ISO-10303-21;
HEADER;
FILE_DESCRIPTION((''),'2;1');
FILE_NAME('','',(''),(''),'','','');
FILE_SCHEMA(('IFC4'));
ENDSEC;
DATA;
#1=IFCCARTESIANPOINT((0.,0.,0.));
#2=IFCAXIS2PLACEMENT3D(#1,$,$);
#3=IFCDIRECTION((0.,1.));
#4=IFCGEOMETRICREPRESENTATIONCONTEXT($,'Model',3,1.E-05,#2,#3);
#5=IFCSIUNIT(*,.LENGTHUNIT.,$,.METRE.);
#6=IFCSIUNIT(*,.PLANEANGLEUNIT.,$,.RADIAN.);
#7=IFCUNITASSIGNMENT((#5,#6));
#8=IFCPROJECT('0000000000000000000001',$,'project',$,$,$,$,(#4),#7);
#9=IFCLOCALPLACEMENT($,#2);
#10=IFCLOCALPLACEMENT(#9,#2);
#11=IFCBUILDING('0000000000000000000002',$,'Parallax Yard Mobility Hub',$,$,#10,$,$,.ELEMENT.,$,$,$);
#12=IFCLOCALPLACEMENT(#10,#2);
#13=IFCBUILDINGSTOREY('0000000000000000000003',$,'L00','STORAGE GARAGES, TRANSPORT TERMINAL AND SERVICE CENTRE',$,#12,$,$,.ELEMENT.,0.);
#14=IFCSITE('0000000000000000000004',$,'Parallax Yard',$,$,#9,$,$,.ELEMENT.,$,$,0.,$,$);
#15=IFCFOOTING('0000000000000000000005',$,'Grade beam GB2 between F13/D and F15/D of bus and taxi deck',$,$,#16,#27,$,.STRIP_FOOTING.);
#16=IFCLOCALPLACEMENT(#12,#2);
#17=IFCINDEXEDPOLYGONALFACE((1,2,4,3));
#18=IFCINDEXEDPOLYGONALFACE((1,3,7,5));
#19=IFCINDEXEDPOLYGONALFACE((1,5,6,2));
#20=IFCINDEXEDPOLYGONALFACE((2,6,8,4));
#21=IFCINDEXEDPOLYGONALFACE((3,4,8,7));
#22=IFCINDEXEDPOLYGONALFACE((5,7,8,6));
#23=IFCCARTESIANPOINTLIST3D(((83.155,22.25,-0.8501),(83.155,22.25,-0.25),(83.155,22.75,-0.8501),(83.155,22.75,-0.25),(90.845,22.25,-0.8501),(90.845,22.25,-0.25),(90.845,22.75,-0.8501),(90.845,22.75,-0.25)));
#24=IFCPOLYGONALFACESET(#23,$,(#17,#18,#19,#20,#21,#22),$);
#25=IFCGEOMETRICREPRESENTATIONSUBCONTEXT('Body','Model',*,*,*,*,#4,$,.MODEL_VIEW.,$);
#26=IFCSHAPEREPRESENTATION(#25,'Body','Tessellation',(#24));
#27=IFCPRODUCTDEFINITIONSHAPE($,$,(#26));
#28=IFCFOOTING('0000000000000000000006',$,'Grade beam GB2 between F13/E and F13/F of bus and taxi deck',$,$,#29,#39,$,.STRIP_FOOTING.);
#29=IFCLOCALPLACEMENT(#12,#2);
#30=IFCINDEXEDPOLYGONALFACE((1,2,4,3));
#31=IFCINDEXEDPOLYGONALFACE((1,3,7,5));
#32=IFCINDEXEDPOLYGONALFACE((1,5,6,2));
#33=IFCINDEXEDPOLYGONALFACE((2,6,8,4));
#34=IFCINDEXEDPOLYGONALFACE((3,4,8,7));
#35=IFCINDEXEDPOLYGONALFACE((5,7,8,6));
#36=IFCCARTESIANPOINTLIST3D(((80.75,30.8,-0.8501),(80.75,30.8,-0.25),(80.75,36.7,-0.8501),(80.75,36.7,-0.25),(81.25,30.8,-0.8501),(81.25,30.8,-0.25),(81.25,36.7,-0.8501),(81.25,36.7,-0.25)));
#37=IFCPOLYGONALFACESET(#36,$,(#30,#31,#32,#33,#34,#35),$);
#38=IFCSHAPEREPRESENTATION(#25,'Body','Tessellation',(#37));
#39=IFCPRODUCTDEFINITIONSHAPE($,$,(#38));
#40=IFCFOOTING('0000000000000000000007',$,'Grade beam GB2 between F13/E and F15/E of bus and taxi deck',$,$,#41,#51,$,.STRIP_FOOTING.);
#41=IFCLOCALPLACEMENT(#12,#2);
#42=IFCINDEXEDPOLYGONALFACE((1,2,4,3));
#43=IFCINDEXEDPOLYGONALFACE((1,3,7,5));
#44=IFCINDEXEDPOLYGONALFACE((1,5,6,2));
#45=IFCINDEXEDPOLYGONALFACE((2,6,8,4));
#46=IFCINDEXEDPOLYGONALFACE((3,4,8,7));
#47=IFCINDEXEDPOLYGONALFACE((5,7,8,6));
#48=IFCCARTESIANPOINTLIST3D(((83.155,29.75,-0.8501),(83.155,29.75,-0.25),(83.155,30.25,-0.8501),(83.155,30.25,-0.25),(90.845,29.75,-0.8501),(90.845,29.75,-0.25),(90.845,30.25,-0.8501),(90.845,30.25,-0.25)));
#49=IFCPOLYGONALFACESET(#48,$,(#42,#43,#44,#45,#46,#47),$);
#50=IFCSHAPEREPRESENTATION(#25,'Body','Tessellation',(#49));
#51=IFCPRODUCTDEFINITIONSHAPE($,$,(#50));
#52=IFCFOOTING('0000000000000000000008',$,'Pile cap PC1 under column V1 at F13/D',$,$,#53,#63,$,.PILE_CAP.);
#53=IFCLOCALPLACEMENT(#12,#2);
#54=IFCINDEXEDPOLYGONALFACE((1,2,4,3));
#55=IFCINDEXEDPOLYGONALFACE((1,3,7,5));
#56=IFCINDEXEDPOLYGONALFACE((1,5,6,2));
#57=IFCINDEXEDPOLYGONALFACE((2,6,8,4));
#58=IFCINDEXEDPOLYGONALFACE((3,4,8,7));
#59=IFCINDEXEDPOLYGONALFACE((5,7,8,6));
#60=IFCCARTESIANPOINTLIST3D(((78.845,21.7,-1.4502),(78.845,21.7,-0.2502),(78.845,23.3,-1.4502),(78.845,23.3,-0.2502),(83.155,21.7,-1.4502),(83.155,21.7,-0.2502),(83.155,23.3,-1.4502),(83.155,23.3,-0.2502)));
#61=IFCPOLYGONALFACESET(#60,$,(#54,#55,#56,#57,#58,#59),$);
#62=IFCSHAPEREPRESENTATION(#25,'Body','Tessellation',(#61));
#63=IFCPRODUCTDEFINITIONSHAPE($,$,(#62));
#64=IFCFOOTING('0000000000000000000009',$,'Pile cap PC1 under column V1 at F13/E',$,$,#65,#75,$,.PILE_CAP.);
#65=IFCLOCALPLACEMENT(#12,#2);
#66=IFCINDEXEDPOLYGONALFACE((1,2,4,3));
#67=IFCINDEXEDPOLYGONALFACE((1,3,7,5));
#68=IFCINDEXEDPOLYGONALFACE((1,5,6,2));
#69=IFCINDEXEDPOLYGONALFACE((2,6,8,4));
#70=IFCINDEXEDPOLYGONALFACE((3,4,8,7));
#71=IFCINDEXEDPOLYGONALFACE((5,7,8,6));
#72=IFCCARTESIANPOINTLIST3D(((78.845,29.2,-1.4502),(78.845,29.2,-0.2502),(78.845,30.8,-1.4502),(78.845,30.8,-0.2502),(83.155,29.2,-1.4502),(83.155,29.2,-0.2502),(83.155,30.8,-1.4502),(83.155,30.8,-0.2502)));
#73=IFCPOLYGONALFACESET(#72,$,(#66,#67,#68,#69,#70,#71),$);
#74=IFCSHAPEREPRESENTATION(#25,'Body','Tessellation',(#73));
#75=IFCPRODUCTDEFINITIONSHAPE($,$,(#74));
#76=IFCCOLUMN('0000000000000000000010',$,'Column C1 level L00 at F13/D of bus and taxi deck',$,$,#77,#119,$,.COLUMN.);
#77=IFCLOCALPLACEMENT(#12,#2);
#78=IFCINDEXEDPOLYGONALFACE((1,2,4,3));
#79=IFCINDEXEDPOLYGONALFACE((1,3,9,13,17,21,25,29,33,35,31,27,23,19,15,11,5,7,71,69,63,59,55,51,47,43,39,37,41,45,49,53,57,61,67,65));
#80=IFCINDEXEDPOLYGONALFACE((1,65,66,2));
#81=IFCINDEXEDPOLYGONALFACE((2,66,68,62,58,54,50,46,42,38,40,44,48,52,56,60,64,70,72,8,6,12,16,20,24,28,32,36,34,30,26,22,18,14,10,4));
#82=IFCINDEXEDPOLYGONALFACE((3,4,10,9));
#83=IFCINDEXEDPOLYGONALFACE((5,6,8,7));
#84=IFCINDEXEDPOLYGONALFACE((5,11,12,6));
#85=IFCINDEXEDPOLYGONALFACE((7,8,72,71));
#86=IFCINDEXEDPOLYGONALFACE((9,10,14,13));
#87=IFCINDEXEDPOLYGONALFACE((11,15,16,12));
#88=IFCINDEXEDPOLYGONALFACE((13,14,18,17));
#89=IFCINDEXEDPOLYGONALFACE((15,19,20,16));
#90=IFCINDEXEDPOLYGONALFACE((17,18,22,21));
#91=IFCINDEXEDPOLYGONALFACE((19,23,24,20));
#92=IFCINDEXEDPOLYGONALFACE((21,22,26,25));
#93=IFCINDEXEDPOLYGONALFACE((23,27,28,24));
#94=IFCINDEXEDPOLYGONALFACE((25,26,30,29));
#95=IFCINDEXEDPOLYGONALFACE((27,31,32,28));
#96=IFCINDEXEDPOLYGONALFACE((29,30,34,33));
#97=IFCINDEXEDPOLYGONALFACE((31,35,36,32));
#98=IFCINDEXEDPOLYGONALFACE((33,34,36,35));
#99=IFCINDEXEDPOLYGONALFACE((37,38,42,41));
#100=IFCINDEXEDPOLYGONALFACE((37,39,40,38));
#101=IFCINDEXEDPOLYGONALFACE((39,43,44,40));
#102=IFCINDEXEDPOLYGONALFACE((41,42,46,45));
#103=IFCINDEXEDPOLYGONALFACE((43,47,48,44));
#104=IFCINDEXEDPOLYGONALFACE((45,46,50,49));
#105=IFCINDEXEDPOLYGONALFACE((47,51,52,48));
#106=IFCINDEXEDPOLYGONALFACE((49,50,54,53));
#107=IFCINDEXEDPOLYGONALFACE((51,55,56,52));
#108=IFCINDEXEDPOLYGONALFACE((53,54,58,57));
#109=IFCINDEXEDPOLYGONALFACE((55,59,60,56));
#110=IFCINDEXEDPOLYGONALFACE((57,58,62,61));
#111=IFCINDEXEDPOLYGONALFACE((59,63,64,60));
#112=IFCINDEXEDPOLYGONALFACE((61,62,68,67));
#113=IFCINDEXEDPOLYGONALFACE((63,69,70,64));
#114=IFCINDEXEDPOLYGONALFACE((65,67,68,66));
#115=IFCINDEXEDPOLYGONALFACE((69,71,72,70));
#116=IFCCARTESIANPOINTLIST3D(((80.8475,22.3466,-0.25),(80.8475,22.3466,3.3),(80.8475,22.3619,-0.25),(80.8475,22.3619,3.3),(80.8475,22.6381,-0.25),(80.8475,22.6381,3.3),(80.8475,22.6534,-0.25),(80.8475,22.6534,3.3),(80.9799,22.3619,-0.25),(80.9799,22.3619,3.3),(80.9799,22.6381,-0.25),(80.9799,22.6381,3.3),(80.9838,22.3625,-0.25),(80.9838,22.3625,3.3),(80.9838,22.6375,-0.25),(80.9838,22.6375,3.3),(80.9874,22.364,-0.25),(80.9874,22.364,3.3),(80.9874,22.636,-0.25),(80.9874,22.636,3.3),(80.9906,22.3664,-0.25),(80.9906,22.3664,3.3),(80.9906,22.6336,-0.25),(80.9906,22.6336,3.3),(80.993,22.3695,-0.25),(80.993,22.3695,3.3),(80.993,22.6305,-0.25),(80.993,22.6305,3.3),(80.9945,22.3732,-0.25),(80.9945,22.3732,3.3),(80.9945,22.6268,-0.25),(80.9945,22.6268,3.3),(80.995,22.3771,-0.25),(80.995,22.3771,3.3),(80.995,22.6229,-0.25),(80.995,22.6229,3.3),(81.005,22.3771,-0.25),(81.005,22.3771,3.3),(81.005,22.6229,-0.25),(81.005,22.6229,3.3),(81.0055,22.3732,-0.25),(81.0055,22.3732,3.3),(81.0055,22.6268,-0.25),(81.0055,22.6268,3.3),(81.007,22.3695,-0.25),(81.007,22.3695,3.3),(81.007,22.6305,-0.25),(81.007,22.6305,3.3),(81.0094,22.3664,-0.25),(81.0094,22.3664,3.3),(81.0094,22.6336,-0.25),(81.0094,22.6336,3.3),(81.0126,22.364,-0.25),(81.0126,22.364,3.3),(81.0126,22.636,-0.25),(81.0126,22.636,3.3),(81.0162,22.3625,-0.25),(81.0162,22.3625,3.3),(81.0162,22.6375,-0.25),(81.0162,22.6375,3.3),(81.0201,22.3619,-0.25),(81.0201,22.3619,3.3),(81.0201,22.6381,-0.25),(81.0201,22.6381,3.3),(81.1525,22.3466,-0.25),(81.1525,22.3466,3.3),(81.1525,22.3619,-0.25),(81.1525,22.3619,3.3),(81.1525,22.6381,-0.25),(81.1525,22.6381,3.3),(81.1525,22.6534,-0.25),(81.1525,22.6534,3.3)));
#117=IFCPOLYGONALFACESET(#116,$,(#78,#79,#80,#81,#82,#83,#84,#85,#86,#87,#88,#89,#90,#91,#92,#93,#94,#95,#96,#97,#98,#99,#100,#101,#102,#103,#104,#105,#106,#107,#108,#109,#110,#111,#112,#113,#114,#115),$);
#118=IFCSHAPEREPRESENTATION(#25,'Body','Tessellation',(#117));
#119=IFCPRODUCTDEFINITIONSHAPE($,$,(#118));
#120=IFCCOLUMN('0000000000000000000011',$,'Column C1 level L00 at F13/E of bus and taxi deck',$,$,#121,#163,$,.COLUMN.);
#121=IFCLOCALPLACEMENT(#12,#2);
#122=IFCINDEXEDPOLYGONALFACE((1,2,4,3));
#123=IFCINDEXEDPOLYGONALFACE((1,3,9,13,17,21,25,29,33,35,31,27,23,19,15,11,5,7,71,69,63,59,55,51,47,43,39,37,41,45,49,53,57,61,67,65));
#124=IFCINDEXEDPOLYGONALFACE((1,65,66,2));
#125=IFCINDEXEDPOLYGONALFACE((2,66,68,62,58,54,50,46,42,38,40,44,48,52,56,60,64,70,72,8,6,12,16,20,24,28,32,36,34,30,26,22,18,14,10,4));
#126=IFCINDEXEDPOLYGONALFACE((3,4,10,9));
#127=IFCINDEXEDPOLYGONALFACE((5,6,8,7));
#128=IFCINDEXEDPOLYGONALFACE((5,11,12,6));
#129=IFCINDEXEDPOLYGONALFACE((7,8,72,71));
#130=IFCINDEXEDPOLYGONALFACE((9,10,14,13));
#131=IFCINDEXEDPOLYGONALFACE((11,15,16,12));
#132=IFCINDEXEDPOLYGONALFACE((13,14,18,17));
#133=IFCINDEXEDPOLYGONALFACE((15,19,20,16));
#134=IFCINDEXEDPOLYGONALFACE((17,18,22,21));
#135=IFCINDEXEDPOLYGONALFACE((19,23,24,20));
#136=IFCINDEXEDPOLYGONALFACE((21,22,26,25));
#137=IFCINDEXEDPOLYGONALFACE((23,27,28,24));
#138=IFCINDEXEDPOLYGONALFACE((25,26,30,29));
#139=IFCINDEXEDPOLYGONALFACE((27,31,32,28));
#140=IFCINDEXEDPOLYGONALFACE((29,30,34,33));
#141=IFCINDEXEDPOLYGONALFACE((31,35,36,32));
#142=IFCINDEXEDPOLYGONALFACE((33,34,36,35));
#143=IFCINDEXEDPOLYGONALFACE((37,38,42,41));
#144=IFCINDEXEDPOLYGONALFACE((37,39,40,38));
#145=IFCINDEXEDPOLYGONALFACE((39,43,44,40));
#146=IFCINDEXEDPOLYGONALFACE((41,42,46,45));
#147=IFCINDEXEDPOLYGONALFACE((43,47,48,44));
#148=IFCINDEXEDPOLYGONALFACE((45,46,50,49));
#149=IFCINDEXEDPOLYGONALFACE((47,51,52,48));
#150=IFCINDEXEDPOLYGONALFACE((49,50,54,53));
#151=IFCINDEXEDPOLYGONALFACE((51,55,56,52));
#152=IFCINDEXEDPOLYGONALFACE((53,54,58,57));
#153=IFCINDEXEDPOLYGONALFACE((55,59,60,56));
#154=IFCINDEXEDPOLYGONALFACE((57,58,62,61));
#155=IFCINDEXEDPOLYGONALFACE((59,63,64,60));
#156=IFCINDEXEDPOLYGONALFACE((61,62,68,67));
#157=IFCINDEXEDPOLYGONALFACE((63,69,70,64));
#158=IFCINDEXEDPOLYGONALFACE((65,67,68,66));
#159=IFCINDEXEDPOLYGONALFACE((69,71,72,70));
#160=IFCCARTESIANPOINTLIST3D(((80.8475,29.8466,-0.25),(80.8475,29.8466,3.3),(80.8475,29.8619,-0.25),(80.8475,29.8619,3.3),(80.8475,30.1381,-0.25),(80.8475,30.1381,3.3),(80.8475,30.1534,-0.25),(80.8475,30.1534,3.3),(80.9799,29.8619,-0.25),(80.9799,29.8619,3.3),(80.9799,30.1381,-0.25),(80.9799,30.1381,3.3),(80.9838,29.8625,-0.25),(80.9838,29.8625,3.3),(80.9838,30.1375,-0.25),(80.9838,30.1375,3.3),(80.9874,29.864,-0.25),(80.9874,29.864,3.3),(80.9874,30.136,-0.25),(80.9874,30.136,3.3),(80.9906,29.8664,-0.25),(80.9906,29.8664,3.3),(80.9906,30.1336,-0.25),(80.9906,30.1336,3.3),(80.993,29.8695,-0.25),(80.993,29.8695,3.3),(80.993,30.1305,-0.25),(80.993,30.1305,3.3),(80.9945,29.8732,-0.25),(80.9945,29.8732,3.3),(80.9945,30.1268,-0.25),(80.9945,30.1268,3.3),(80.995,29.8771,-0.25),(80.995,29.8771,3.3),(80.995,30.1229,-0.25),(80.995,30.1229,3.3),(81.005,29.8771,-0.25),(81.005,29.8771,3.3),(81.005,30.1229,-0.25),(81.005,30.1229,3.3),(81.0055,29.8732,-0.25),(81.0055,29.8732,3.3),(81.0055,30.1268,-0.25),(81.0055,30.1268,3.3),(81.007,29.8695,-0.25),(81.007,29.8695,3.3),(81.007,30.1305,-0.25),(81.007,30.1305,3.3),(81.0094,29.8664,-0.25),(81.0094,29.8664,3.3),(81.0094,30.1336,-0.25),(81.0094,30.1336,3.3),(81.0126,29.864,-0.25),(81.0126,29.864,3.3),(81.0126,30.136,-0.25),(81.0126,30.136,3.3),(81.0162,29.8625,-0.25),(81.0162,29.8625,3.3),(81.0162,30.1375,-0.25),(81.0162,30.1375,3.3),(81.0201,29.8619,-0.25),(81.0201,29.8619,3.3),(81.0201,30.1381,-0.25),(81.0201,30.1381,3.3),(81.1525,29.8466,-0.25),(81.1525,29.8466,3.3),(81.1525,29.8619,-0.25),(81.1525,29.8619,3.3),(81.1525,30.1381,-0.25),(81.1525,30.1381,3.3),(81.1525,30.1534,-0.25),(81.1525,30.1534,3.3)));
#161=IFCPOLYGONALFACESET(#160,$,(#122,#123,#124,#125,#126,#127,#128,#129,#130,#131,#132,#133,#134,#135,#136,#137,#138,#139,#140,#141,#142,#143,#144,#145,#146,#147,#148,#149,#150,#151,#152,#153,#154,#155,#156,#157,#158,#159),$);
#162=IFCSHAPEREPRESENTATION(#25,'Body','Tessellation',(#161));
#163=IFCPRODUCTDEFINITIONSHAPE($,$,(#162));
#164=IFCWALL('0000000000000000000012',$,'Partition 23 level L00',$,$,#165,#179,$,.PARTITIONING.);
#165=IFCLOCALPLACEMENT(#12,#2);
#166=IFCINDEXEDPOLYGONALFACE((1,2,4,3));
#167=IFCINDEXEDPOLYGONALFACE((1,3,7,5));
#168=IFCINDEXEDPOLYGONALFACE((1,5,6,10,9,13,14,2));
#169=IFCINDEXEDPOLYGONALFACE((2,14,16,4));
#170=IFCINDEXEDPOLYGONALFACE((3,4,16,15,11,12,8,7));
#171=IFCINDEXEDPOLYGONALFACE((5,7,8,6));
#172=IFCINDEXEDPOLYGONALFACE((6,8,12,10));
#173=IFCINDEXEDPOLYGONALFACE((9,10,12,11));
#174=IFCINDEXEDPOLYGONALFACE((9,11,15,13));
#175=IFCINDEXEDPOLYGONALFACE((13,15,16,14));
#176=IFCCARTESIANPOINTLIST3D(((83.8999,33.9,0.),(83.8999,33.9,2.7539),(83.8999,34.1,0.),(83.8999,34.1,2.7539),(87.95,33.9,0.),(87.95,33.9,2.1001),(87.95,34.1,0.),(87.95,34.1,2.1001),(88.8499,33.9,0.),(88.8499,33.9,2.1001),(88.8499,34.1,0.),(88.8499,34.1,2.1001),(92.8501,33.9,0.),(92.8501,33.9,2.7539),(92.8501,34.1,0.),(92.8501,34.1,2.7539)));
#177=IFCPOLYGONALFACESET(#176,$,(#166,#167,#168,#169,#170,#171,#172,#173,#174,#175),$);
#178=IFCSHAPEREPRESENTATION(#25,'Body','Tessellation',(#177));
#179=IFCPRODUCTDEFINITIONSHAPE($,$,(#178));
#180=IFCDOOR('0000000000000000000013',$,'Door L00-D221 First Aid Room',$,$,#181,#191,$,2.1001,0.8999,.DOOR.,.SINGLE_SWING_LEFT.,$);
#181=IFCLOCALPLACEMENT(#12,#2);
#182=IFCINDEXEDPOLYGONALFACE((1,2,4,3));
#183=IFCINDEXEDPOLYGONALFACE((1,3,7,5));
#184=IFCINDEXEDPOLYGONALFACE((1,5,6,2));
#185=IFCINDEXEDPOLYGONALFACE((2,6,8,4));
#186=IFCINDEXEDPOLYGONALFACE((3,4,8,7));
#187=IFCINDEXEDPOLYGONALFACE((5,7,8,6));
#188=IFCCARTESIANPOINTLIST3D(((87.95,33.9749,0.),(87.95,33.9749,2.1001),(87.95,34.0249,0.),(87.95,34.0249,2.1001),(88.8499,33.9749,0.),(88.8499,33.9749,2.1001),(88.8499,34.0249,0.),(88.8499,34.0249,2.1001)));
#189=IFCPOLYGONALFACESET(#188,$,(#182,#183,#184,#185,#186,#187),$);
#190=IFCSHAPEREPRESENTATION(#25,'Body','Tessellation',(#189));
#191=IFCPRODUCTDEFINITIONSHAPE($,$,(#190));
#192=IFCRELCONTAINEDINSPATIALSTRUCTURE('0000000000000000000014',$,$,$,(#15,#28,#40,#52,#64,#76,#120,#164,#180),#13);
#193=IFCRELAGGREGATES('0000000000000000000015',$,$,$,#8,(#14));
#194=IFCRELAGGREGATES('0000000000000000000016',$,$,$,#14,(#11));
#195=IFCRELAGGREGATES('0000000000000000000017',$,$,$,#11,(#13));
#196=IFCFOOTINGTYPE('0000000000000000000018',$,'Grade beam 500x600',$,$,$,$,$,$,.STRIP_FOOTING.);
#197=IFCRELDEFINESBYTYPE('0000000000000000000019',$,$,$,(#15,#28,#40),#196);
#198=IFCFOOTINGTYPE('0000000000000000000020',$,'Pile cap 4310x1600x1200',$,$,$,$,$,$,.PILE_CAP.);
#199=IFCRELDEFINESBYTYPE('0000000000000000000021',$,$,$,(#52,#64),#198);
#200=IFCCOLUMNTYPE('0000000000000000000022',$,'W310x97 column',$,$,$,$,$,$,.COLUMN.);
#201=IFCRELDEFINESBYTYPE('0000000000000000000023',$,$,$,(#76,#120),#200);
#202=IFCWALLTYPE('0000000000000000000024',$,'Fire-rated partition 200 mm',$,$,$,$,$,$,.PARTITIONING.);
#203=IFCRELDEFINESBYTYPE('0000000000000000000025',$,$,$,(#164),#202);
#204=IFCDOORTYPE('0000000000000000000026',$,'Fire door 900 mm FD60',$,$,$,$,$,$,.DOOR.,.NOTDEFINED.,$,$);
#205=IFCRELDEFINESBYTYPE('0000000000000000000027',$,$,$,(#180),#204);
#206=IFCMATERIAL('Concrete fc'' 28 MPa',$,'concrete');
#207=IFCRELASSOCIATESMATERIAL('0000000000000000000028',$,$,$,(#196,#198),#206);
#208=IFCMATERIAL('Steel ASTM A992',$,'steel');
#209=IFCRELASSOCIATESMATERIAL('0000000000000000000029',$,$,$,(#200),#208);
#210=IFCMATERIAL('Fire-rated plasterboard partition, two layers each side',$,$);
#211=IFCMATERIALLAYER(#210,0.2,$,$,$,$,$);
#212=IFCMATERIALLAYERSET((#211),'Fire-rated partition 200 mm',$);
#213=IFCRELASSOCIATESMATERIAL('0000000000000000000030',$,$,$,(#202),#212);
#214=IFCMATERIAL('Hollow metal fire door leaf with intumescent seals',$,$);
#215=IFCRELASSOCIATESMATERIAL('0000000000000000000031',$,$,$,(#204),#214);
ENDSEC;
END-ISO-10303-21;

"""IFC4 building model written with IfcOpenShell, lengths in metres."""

from ifc_helpers import new_model, si_unit, direction, frame, frame_2d, origin, origin_2d, place, context, subcontext, project, spatial, rectangle, i_section, extrude, material, layer, layer_set, material_profile, profile_set, type_object, element, fill, save


model = new_model("IFC4")

# Units and contexts
model_context = context("Model", 3, precision=1e-05, world=origin(), true_north=direction((0.0, 1.0)))
body_context = subcontext(model_context, "Body", "Model", "MODEL_VIEW")
ifc_project = project(units=[si_unit("LENGTHUNIT", "METRE"), si_unit("PLANEANGLEUNIT", "RADIAN")], contexts=[model_context])

# Site, building, storey
site_placement = place(None, origin())
site = spatial("IfcSite", under=ifc_project, at=site_placement, Name="Parallax Yard", CompositionType="ELEMENT", RefElevation=0.0)
building_placement = place(site_placement, origin())
building = spatial("IfcBuilding", under=site, at=building_placement, Name="Parallax Yard Mobility Hub", CompositionType="ELEMENT")
storey_placement = place(building_placement, origin())
storey = spatial("IfcBuildingStorey", under=building, at=storey_placement, Name="L00", Description="STORAGE GARAGES, TRANSPORT TERMINAL AND SERVICE CENTRE", CompositionType="ELEMENT", Elevation=0.0)

# Shared definitions
ifc_material_1 = material(Name="Concrete fc' 28 MPa", Category="concrete")

# Footings
ifc_material_profile_1 = material_profile(ifc_material_1, rectangle(XDim=0.5, YDim=0.6001, at=origin_2d()), Name="Grade beam 500x600")
ifc_profile_set_1 = profile_set([ifc_material_profile_1], Name="Concrete fc' 28 MPa")
footing_type_1 = type_object("IfcFootingType", Name="Grade beam 500x600", PredefinedType="STRIP_FOOTING", material=ifc_profile_set_1)
footing_1_placement = place(storey_placement, frame((83.155, 22.5, -0.55), z_axis=(1.0, 0.0, 0.0), x_axis=(0.0, 1.0, 0.0)))
element("IfcFooting", 1, at=footing_1_placement, inside=storey, type_object=footing_type_1, Name="Grade beam GB2 between F13/D and F15/D of bus and taxi deck", PredefinedType="STRIP_FOOTING", context=body_context, shape_type="SweptSolid", body=[
    extrude(rectangle(XDim=0.5, YDim=0.6001, at=origin_2d()), origin(), (0.0, 0.0, 1.0), 7.6899),
])
footing_2_placement = place(storey_placement, frame((81.0, 30.8, -0.55), z_axis=(0.0, 1.0, 0.0), x_axis=(-1.0, 0.0, 0.0)))
element("IfcFooting", 2, at=footing_2_placement, inside=storey, type_object=footing_type_1, Name="Grade beam GB2 between F13/E and F13/F of bus and taxi deck", PredefinedType="STRIP_FOOTING", context=body_context, shape_type="SweptSolid", body=[
    extrude(rectangle(XDim=0.5, YDim=0.6001, at=origin_2d()), origin(), (0.0, 0.0, 1.0), 5.8999),
])
footing_3_placement = place(storey_placement, frame((83.155, 30.0, -0.55), z_axis=(1.0, 0.0, 0.0), x_axis=(0.0, 1.0, 0.0)))
element("IfcFooting", 3, at=footing_3_placement, inside=storey, type_object=footing_type_1, Name="Grade beam GB2 between F13/E and F15/E of bus and taxi deck", PredefinedType="STRIP_FOOTING", context=body_context, shape_type="SweptSolid", body=[
    extrude(rectangle(XDim=0.5, YDim=0.6001, at=origin_2d()), origin(), (0.0, 0.0, 1.0), 7.6899),
])
footing_type_2 = type_object("IfcFootingType", Name="Pile cap 4310x1600x1200", PredefinedType="PILE_CAP", material=ifc_material_1)
for number, where, z_axis, x_axis, name in (
    (4, (81.0, 22.5, -1.4502), (0.0, 0.0, 1.0), (1.0, 0.0, 0.0), "Pile cap PC1 under column V1 at F13/D"),
    (5, (81.0, 30.0, -1.4502), (0.0, 0.0, 1.0), (1.0, 0.0, 0.0), "Pile cap PC1 under column V1 at F13/E"),
):
    element("IfcFooting", number, at=place(storey_placement, frame(where, z_axis=z_axis, x_axis=x_axis)), inside=storey, type_object=footing_type_2, Name=name, PredefinedType="PILE_CAP", context=body_context, shape_type="SweptSolid", body=[
        extrude(rectangle(XDim=4.3101, YDim=1.6001, at=origin_2d()), origin(), (0.0, 0.0, 1.0), 1.2),
    ])

# Columns
ifc_material_2 = material(Name="Steel ASTM A992", Category="steel")
ifc_material_profile_2 = material_profile(ifc_material_2, i_section(OverallWidth=0.3049, OverallDepth=0.3069, WebThickness=0.01, FlangeThickness=0.0154, FilletRadius=0.0151, at=origin_2d()), Name="W310x97")
ifc_profile_set_2 = profile_set([ifc_material_profile_2], Name="Steel ASTM A992")
column_type = type_object("IfcColumnType", Name="W310x97 column", PredefinedType="COLUMN", material=ifc_profile_set_2)
for number, where, z_axis, x_axis, name in (
    (6, (81.0, 22.5, -0.25), (0.0, 0.0, 1.0), (1.0, 0.0, 0.0), "Column C1 level L00 at F13/D of bus and taxi deck"),
    (7, (81.0, 30.0, -0.25), (0.0, 0.0, 1.0), (1.0, 0.0, 0.0), "Column C1 level L00 at F13/E of bus and taxi deck"),
):
    element("IfcColumn", number, at=place(storey_placement, frame(where, z_axis=z_axis, x_axis=x_axis)), inside=storey, type_object=column_type, Name=name, PredefinedType="COLUMN", context=body_context, shape_type="SweptSolid", body=[
        extrude(i_section(OverallWidth=0.3049, OverallDepth=0.3069, WebThickness=0.01, FlangeThickness=0.0154, FilletRadius=0.0151, at=origin_2d()), origin(), (0.0, 0.0, 1.0), 3.55),
    ])

# Wall, opening, door
ifc_material_3 = material(Name="Fire-rated plasterboard partition, two layers each side")
ifc_layer_1 = layer(ifc_material_3, 0.2)
ifc_layer_set_1 = layer_set([ifc_layer_1], Name="Fire-rated partition 200 mm")
wall_type_1 = type_object("IfcWallType", Name="Fire-rated partition 200 mm", PredefinedType="PARTITIONING", material=ifc_layer_set_1)
wall_1_placement = place(storey_placement, frame((83.8999, 34.0, 0.0), z_axis=(0.0, 0.0, 1.0), x_axis=(1.0, 0.0, 0.0)))
wall_1 = element("IfcWall", 8, at=wall_1_placement, inside=storey, type_object=wall_type_1, Name="Partition 23 level L00", PredefinedType="PARTITIONING", context=body_context, shape_type="SweptSolid", body=[
    extrude(rectangle(XDim=8.9502, YDim=0.2, at=frame_2d((4.4751, 0.0))), origin(), (0.0, 0.0, 1.0), 2.7539),
])
opening_1_placement = place(wall_1_placement, frame((4.05, 0.0, 0.0)))
opening_1 = element("IfcOpeningElement", 9, at=opening_1_placement, cuts=wall_1, PredefinedType="OPENING", context=body_context, shape_type="SweptSolid", body=[
    extrude(rectangle(XDim=0.8999, YDim=2.1001, at=frame_2d((0.45, 1.05))), frame((0.0, 0.1099, 0.0), z_axis=(0.0, -1.0, 0.0), x_axis=(1.0, 0.0, 0.0)), (0.0, 0.0, 1.0), 0.22),
])
ifc_material_4 = material(Name="Hollow metal fire door leaf with intumescent seals")
door_type_1 = type_object("IfcDoorType", Name="Fire door 900 mm FD60", OperationType="NOTDEFINED", PredefinedType="DOOR", material=ifc_material_4)
door_1_placement = place(opening_1_placement, origin())
door_1 = element("IfcDoor", 10, at=door_1_placement, inside=storey, type_object=door_type_1, Name="Door L00-D221 First Aid Room", OperationType="SINGLE_SWING_LEFT", OverallHeight=2.1001, OverallWidth=0.8999, PredefinedType="DOOR", context=body_context, shape_type="SweptSolid", body=[
    extrude(rectangle(XDim=0.8999, YDim=2.1001, at=frame_2d((0.45, 1.05))), frame((0.0, 0.0249, 0.0), z_axis=(0.0, -1.0, 0.0), x_axis=(1.0, 0.0, 0.0)), (0.0, 0.0, 1.0), 0.05),
])
fill(opening_1, door_1)

save(model, "model.ifc")
